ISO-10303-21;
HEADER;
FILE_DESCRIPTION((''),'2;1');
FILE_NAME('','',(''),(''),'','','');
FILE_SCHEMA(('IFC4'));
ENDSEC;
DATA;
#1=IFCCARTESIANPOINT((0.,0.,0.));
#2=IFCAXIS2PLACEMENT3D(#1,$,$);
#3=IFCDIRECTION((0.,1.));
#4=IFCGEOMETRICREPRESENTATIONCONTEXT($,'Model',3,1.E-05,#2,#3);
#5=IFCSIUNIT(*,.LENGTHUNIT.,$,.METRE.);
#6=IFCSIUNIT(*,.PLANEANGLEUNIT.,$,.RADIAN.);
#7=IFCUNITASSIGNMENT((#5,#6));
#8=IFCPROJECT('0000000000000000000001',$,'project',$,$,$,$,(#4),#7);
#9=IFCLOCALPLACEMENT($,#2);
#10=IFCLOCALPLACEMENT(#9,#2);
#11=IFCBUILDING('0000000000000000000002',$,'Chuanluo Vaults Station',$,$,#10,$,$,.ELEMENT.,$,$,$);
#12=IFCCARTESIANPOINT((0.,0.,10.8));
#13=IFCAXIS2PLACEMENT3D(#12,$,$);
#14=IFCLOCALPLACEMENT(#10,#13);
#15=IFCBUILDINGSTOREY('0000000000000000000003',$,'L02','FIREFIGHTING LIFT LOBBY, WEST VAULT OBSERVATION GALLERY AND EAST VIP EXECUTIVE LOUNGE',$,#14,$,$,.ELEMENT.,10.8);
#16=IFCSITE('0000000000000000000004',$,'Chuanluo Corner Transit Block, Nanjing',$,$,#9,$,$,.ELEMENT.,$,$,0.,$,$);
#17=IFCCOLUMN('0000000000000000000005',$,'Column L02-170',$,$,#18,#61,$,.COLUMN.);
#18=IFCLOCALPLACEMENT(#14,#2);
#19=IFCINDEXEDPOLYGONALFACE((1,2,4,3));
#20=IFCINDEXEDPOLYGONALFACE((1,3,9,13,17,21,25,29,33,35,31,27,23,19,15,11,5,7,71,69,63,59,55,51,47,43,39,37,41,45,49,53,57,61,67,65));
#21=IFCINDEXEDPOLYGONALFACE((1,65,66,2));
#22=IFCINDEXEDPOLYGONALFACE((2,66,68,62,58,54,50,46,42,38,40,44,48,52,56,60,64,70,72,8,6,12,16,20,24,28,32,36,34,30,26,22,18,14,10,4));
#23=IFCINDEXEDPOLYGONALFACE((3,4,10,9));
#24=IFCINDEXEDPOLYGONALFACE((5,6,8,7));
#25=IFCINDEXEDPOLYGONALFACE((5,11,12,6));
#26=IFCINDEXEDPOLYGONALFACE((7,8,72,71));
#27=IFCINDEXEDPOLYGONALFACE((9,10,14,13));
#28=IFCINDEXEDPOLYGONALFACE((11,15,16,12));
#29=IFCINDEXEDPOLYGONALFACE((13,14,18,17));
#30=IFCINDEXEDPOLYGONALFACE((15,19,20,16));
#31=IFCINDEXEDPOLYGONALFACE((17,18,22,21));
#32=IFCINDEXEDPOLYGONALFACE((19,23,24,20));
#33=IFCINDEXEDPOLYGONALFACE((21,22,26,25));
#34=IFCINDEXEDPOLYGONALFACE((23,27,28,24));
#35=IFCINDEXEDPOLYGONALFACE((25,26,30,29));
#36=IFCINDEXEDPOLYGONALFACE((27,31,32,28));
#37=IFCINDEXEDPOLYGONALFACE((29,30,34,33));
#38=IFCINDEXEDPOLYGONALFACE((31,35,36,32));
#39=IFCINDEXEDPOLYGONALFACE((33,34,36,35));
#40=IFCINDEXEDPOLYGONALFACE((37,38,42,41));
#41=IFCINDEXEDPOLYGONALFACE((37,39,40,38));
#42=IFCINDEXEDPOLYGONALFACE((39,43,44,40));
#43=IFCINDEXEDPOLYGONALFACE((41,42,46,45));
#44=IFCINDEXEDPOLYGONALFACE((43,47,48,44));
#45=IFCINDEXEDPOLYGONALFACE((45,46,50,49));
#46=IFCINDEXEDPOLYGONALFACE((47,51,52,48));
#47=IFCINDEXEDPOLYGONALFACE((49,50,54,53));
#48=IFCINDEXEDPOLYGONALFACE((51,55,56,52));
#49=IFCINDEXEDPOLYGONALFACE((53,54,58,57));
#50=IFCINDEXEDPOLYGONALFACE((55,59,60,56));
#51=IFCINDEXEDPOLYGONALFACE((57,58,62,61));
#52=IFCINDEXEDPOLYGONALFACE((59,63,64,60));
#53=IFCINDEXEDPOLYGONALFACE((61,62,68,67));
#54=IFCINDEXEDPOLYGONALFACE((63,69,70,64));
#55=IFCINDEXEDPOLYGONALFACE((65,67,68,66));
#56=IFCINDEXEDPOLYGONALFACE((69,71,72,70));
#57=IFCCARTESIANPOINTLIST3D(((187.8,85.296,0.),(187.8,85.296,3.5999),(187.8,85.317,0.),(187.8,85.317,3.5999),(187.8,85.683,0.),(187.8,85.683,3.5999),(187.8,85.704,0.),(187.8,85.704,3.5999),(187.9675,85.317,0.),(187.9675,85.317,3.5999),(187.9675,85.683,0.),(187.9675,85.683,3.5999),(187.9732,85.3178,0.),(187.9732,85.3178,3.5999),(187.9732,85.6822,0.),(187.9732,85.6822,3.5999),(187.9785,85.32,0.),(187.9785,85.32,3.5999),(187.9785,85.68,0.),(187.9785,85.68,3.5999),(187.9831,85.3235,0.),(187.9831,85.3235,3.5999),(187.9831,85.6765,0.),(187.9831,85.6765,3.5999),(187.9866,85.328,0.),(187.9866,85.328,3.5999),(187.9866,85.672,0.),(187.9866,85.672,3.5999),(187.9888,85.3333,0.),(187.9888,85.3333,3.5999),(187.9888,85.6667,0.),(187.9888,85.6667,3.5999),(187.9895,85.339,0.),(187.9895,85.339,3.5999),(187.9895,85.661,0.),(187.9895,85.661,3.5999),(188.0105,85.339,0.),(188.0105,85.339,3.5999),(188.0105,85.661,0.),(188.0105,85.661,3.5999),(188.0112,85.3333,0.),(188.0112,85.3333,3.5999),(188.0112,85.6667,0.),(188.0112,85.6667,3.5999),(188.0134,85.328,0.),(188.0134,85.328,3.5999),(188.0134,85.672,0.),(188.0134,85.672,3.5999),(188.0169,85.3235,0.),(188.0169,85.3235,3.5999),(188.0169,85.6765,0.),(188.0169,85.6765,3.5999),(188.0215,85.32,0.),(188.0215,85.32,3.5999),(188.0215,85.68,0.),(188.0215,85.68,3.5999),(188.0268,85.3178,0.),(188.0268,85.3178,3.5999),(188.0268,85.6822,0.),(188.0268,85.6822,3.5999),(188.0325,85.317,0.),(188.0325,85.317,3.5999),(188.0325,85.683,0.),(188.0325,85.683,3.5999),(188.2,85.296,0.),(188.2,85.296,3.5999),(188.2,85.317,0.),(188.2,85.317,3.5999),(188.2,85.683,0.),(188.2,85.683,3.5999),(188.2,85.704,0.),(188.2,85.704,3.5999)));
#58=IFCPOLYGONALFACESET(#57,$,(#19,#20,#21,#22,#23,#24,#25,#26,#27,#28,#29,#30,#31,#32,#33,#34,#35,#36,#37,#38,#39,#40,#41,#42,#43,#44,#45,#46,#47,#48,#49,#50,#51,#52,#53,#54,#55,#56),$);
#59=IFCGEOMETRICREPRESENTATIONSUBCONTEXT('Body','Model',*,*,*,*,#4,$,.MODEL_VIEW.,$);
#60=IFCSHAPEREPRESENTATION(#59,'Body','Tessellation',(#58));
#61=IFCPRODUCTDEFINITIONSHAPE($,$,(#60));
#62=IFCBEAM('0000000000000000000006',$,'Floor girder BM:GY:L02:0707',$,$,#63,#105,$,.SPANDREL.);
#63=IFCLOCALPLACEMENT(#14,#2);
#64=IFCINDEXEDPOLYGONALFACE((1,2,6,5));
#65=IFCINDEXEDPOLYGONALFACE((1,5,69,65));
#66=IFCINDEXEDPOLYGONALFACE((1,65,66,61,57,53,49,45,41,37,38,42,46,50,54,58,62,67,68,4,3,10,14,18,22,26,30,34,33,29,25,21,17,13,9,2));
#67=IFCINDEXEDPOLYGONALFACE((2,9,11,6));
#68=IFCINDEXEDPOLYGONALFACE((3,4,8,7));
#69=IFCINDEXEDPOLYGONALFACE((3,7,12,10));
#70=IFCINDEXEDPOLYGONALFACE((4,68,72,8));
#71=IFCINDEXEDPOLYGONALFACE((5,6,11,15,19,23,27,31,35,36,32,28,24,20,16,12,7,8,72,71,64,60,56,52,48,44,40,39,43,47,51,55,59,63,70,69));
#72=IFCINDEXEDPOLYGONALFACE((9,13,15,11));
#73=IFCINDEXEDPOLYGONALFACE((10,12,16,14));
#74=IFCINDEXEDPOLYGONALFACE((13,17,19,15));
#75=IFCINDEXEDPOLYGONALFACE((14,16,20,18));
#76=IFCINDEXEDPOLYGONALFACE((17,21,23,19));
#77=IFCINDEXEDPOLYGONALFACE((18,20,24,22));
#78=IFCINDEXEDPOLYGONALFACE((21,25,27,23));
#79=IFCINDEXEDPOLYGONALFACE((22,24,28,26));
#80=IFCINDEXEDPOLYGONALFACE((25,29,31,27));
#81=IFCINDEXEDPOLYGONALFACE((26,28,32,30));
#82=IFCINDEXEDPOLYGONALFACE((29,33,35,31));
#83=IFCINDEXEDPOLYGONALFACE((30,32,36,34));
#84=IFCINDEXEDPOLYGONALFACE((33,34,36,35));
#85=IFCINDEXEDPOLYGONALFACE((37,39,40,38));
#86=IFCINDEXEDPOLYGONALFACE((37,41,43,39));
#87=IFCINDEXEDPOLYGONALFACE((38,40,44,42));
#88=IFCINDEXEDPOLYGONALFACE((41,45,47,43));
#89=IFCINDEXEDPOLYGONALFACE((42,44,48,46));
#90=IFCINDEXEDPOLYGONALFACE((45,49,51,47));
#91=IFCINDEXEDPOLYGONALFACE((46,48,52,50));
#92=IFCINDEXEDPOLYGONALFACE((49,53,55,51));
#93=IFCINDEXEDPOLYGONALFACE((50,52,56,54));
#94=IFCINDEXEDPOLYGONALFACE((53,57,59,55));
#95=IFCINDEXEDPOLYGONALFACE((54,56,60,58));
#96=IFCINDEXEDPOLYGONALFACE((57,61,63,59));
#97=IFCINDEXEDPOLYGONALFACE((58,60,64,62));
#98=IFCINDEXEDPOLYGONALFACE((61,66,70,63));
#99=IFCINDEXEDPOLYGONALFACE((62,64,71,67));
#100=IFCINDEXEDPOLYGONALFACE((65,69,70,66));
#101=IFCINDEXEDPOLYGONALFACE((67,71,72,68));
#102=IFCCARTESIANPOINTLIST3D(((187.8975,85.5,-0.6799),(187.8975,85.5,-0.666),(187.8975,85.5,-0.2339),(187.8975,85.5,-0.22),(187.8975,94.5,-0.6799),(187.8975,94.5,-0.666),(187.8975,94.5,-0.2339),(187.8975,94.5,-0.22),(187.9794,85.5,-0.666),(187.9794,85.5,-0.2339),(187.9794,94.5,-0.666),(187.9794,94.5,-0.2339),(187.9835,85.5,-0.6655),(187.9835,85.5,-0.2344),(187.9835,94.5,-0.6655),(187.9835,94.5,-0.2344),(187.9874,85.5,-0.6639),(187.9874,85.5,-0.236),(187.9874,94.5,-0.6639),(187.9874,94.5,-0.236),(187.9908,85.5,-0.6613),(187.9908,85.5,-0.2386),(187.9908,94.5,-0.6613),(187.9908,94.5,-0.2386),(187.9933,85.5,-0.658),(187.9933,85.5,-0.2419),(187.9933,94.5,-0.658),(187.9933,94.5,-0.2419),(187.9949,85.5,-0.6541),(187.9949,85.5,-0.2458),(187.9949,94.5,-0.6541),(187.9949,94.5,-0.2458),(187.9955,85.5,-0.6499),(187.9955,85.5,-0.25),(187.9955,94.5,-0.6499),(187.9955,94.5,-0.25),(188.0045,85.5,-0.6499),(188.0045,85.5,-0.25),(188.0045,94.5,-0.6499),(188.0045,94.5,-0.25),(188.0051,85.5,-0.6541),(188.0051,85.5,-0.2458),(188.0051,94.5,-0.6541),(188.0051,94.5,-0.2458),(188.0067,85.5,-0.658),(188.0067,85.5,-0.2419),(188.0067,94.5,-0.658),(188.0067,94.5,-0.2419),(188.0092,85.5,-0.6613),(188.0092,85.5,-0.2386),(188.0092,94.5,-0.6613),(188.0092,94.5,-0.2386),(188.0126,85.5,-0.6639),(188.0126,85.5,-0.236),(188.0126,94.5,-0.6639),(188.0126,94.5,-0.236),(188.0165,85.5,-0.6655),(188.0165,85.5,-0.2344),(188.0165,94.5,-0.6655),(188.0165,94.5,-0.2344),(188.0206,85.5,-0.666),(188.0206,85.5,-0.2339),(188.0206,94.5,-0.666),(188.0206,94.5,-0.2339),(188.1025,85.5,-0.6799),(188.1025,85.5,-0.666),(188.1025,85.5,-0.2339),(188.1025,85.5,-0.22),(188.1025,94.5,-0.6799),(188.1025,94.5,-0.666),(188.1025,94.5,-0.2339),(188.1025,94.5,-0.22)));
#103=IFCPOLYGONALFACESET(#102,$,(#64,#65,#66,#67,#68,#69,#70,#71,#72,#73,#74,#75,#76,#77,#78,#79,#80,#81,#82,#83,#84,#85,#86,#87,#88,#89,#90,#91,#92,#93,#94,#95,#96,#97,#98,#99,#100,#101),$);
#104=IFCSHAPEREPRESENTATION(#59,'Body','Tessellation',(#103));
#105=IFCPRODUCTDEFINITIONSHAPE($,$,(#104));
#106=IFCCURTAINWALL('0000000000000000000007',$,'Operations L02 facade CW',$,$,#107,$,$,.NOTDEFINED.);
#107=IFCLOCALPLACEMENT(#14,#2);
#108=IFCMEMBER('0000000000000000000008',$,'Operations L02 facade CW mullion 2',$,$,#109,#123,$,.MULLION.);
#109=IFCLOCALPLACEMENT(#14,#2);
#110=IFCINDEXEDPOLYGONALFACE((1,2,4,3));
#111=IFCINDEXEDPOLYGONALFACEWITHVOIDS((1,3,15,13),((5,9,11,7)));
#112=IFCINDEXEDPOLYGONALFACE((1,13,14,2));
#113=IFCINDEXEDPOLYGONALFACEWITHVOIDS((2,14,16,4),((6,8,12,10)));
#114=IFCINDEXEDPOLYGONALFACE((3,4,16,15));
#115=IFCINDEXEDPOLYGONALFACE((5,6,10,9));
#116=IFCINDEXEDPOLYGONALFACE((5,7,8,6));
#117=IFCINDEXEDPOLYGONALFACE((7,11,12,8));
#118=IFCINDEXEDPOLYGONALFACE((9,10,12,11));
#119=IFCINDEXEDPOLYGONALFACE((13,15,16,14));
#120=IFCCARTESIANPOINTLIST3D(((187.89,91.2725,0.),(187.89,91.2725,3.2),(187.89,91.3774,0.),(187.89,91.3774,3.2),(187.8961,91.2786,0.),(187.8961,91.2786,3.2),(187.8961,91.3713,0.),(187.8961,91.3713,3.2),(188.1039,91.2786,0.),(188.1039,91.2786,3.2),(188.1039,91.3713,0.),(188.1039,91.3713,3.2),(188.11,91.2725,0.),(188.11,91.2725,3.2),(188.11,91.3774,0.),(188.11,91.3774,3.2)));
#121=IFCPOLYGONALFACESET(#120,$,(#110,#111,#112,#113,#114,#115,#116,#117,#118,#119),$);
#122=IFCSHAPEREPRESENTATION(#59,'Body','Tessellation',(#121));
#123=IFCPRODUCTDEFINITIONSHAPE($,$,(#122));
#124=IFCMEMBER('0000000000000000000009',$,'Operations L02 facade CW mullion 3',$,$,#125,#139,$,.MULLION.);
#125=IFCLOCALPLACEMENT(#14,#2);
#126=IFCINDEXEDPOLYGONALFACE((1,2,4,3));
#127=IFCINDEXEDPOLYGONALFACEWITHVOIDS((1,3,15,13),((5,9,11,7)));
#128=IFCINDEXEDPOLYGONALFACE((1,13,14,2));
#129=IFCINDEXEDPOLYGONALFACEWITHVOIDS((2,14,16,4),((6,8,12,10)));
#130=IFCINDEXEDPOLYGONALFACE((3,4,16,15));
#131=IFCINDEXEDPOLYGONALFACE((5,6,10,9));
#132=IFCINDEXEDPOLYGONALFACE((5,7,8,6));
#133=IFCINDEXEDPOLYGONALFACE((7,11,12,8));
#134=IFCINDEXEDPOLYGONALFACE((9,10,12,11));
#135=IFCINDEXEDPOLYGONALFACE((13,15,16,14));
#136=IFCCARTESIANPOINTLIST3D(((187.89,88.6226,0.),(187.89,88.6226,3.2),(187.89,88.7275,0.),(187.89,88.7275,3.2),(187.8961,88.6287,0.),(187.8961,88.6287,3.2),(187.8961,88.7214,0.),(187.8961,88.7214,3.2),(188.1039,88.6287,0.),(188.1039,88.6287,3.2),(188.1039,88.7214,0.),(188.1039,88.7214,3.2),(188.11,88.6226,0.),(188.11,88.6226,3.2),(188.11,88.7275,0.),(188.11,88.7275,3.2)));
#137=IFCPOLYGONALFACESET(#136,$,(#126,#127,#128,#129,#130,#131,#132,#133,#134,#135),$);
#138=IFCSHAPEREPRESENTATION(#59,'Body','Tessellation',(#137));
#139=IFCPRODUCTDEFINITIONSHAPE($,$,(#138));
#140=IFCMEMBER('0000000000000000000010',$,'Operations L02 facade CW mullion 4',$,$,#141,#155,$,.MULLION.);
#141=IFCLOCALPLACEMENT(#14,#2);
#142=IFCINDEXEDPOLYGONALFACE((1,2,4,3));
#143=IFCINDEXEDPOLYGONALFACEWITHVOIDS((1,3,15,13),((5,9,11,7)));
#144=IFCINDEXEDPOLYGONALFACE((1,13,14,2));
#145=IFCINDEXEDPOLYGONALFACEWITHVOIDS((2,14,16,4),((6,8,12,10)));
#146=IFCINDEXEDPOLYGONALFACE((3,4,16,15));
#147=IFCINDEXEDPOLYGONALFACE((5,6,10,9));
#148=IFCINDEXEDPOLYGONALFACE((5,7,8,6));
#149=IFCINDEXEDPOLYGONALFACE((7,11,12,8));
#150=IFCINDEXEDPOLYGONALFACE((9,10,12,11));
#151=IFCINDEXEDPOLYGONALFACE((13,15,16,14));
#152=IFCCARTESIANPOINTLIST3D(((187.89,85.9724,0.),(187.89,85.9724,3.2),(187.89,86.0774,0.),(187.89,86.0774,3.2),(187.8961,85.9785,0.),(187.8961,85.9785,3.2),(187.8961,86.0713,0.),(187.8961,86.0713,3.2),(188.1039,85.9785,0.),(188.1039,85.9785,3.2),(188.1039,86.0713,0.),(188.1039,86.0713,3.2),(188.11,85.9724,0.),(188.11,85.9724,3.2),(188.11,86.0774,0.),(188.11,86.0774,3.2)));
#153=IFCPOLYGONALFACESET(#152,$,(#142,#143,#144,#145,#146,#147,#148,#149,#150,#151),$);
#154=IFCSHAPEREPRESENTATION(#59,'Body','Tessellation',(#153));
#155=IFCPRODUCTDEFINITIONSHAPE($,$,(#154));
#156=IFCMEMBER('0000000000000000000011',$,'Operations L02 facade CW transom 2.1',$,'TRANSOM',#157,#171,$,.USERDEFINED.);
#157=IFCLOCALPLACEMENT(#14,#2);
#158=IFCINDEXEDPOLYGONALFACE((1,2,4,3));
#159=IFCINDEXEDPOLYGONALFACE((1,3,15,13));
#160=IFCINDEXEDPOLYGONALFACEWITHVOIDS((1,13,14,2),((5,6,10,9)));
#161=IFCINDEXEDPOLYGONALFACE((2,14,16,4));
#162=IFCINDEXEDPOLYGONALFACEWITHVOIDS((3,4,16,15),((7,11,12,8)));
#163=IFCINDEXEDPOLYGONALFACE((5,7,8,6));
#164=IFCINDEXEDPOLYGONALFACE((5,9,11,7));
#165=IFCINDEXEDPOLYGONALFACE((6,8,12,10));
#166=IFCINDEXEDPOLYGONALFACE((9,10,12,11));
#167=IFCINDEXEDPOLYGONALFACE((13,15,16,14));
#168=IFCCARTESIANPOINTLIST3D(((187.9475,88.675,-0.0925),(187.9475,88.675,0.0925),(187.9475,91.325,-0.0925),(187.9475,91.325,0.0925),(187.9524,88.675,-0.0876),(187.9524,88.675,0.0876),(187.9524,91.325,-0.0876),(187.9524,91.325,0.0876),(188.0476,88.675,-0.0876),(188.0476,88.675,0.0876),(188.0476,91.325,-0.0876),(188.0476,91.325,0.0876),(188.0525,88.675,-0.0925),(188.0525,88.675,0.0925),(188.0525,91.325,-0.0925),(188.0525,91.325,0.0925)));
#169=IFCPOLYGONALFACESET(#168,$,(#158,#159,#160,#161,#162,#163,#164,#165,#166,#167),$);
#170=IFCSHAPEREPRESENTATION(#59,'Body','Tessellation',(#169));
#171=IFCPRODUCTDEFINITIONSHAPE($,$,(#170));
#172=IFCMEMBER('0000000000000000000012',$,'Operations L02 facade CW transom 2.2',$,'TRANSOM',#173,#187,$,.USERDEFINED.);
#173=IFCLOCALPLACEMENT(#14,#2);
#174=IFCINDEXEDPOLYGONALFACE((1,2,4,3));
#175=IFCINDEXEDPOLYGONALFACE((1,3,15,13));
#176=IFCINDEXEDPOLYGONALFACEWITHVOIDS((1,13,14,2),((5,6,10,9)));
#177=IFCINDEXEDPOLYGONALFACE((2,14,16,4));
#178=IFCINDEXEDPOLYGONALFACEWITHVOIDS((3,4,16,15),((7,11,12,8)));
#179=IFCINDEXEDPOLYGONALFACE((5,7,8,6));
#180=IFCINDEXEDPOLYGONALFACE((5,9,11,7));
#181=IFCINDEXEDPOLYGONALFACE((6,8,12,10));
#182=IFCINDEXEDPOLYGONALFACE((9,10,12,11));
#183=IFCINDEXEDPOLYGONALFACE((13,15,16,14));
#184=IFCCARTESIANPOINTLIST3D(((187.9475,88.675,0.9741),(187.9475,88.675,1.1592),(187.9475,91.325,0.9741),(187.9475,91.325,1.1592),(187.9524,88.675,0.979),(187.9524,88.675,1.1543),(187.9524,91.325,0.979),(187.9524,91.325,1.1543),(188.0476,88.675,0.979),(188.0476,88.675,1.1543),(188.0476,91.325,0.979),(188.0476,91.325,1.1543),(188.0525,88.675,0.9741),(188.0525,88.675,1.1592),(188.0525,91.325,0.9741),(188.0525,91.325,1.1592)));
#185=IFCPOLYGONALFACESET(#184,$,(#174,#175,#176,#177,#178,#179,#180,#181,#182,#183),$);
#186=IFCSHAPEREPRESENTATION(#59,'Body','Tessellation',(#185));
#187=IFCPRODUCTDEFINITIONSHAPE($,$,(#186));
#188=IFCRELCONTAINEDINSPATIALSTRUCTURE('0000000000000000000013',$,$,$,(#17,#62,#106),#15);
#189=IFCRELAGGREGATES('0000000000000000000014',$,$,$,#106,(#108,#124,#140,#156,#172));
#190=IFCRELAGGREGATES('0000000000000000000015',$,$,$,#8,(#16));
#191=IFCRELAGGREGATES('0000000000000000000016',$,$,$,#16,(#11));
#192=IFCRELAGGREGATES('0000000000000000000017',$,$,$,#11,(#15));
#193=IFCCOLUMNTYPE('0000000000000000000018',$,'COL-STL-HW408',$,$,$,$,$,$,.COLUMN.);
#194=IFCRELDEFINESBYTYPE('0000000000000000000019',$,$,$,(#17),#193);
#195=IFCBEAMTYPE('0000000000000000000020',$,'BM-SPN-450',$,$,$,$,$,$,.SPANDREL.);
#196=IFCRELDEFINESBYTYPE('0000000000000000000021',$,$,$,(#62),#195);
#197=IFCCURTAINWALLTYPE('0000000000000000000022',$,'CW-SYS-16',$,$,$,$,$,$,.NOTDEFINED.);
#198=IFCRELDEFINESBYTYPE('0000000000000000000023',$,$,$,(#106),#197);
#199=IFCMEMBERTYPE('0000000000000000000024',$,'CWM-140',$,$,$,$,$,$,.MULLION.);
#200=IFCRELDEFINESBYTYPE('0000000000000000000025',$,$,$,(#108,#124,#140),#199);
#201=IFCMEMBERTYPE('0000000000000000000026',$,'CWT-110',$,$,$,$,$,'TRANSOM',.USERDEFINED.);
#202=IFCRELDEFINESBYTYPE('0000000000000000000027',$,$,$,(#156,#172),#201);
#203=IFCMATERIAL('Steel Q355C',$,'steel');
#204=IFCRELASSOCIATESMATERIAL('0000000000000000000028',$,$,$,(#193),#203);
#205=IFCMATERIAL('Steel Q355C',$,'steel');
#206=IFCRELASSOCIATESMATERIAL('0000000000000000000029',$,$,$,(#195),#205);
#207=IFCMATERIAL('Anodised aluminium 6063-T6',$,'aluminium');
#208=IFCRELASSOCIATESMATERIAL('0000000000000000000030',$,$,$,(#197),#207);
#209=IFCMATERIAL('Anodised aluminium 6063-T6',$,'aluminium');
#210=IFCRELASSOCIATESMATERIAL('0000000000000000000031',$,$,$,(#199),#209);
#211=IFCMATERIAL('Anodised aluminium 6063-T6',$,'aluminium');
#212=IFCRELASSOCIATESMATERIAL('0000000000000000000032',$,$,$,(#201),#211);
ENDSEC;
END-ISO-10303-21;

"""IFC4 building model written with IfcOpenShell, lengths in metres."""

from ifc_helpers import new_model, si_unit, direction, frame, origin, origin_2d, place, context, subcontext, project, spatial, hollow_rectangle, i_section, extrude, material, material_profile, profile_set, type_object, element, aggregate, save


model = new_model("IFC4")

# Units and contexts
model_context = context("Model", 3, precision=1e-05, world=origin(), true_north=direction((0.0, 1.0)))
body_context = subcontext(model_context, "Body", "Model", "MODEL_VIEW")
ifc_project = project(units=[si_unit("LENGTHUNIT", "METRE"), si_unit("PLANEANGLEUNIT", "RADIAN")], contexts=[model_context])

# Site, building, storey
site_placement = place(None, origin())
site = spatial("IfcSite", under=ifc_project, at=site_placement, Name="Chuanluo Corner Transit Block, Nanjing", CompositionType="ELEMENT", RefElevation=0.0)
building_placement = place(site_placement, origin())
building = spatial("IfcBuilding", under=site, at=building_placement, Name="Chuanluo Vaults Station", CompositionType="ELEMENT")
storey_placement = place(building_placement, frame((0.0, 0.0, 10.8)))
storey = spatial("IfcBuildingStorey", under=building, at=storey_placement, Name="L02", Description="FIREFIGHTING LIFT LOBBY, WEST VAULT OBSERVATION GALLERY AND EAST VIP EXECUTIVE LOUNGE", CompositionType="ELEMENT", Elevation=10.8)

# Column
ifc_material_1 = material(Name="Steel Q355C", Category="steel")
ifc_material_profile_1 = material_profile(ifc_material_1, i_section(OverallWidth=0.3999, OverallDepth=0.408, WebThickness=0.021, FlangeThickness=0.021, FilletRadius=0.022, at=origin_2d()))
ifc_profile_set_1 = profile_set([ifc_material_profile_1], Name="Steel Q355C")
column_type = type_object("IfcColumnType", Name="COL-STL-HW408", PredefinedType="COLUMN", material=ifc_profile_set_1)
column_placement = place(storey_placement, frame((188.0, 85.5, 0.0), z_axis=(0.0, 0.0, 1.0), x_axis=(1.0, 0.0, 0.0)))
element("IfcColumn", 1, at=column_placement, inside=storey, type_object=column_type, Name="Column L02-170", PredefinedType="COLUMN", context=body_context, shape_type="SweptSolid", body=[
    extrude(i_section(OverallWidth=0.3999, OverallDepth=0.408, WebThickness=0.021, FlangeThickness=0.021, FilletRadius=0.022, at=origin_2d()), origin(), (0.0, 0.0, 1.0), 3.5999),
])

# Beam
ifc_material_2 = material(Name="Steel Q355C", Category="steel")
ifc_material_profile_2 = material_profile(ifc_material_2, i_section(OverallWidth=0.2051, OverallDepth=0.46, WebThickness=0.009, FlangeThickness=0.0139, FilletRadius=0.0161, at=origin_2d()))
ifc_profile_set_2 = profile_set([ifc_material_profile_2], Name="Steel Q355C")
beam_type = type_object("IfcBeamType", Name="BM-SPN-450", PredefinedType="SPANDREL", material=ifc_profile_set_2)
beam_placement = place(storey_placement, frame((188.0, 85.5, -0.45), z_axis=(0.0, 1.0, 0.0), x_axis=(-1.0, 0.0, 0.0)))
element("IfcBeam", 2, at=beam_placement, inside=storey, type_object=beam_type, Name="Floor girder BM:GY:L02:0707", PredefinedType="SPANDREL", context=body_context, shape_type="SweptSolid", body=[
    extrude(i_section(OverallWidth=0.2051, OverallDepth=0.46, WebThickness=0.009, FlangeThickness=0.0139, FilletRadius=0.0161, at=origin_2d()), origin(), (0.0, 0.0, 1.0), 9.0),
])

# Curtain wall, members
ifc_material_3 = material(Name="Anodised aluminium 6063-T6", Category="aluminium")
curtain_wall_type = type_object("IfcCurtainWallType", Name="CW-SYS-16", PredefinedType="NOTDEFINED", material=ifc_material_3)
curtain_wall_placement = place(storey_placement, origin())
curtain_wall = element("IfcCurtainWall", 3, at=curtain_wall_placement, inside=storey, type_object=curtain_wall_type, Name="Operations L02 facade CW", PredefinedType="NOTDEFINED")
ifc_material_4 = material(Name="Anodised aluminium 6063-T6", Category="aluminium")
ifc_material_profile_3 = material_profile(ifc_material_4, hollow_rectangle(XDim=0.105, YDim=0.22, WallThickness=0.0061, at=origin_2d()))
ifc_profile_set_3 = profile_set([ifc_material_profile_3], Name="Anodised aluminium 6063-T6")
member_type_1 = type_object("IfcMemberType", Name="CWM-140", PredefinedType="MULLION", material=ifc_profile_set_3)
member_1_placement = place(storey_placement, frame((188.0, 91.325, 0.0), z_axis=(0.0, 0.0, 1.0), x_axis=(0.0, -1.0, 0.0)))
member_1 = element("IfcMember", 4, at=member_1_placement, type_object=member_type_1, Name="Operations L02 facade CW mullion 2", PredefinedType="MULLION", context=body_context, shape_type="SweptSolid", body=[
    extrude(hollow_rectangle(XDim=0.105, YDim=0.22, WallThickness=0.0061, at=origin_2d()), origin(), (0.0, 0.0, 1.0), 3.2),
])
member_2_placement = place(storey_placement, frame((188.0, 88.675, 0.0), z_axis=(0.0, 0.0, 1.0), x_axis=(0.0, -1.0, 0.0)))
member_2 = element("IfcMember", 5, at=member_2_placement, type_object=member_type_1, Name="Operations L02 facade CW mullion 3", PredefinedType="MULLION", context=body_context, shape_type="SweptSolid", body=[
    extrude(hollow_rectangle(XDim=0.105, YDim=0.22, WallThickness=0.0061, at=origin_2d()), origin(), (0.0, 0.0, 1.0), 3.2),
])
member_3_placement = place(storey_placement, frame((188.0, 86.0249, 0.0), z_axis=(0.0, 0.0, 1.0), x_axis=(0.0, -1.0, 0.0)))
member_3 = element("IfcMember", 6, at=member_3_placement, type_object=member_type_1, Name="Operations L02 facade CW mullion 4", PredefinedType="MULLION", context=body_context, shape_type="SweptSolid", body=[
    extrude(hollow_rectangle(XDim=0.105, YDim=0.22, WallThickness=0.0061, at=origin_2d()), origin(), (0.0, 0.0, 1.0), 3.2),
])
ifc_material_5 = material(Name="Anodised aluminium 6063-T6", Category="aluminium")
ifc_material_profile_4 = material_profile(ifc_material_5, hollow_rectangle(XDim=0.105, YDim=0.1851, WallThickness=0.0049, at=origin_2d()))
ifc_profile_set_4 = profile_set([ifc_material_profile_4], Name="Anodised aluminium 6063-T6")
member_type_2 = type_object("IfcMemberType", Name="CWT-110", ElementType="TRANSOM", PredefinedType="USERDEFINED", material=ifc_profile_set_4)
member_4_placement = place(storey_placement, frame((188.0, 91.325, 0.0), z_axis=(0.0, -1.0, 0.0), x_axis=(1.0, 0.0, 0.0)))
member_4 = element("IfcMember", 7, at=member_4_placement, type_object=member_type_2, Name="Operations L02 facade CW transom 2.1", ObjectType="TRANSOM", PredefinedType="USERDEFINED", context=body_context, shape_type="SweptSolid", body=[
    extrude(hollow_rectangle(XDim=0.105, YDim=0.1851, WallThickness=0.0049, at=origin_2d()), origin(), (0.0, 0.0, 1.0), 2.6499),
])
member_5_placement = place(storey_placement, frame((188.0, 91.325, 1.0667), z_axis=(0.0, -1.0, 0.0), x_axis=(1.0, 0.0, 0.0)))
member_5 = element("IfcMember", 8, at=member_5_placement, type_object=member_type_2, Name="Operations L02 facade CW transom 2.2", ObjectType="TRANSOM", PredefinedType="USERDEFINED", context=body_context, shape_type="SweptSolid", body=[
    extrude(hollow_rectangle(XDim=0.105, YDim=0.1851, WallThickness=0.0049, at=origin_2d()), origin(), (0.0, 0.0, 1.0), 2.6499),
])
aggregate(curtain_wall, [member_1, member_2, member_3, member_4, member_5])

save(model, "model.ifc")
